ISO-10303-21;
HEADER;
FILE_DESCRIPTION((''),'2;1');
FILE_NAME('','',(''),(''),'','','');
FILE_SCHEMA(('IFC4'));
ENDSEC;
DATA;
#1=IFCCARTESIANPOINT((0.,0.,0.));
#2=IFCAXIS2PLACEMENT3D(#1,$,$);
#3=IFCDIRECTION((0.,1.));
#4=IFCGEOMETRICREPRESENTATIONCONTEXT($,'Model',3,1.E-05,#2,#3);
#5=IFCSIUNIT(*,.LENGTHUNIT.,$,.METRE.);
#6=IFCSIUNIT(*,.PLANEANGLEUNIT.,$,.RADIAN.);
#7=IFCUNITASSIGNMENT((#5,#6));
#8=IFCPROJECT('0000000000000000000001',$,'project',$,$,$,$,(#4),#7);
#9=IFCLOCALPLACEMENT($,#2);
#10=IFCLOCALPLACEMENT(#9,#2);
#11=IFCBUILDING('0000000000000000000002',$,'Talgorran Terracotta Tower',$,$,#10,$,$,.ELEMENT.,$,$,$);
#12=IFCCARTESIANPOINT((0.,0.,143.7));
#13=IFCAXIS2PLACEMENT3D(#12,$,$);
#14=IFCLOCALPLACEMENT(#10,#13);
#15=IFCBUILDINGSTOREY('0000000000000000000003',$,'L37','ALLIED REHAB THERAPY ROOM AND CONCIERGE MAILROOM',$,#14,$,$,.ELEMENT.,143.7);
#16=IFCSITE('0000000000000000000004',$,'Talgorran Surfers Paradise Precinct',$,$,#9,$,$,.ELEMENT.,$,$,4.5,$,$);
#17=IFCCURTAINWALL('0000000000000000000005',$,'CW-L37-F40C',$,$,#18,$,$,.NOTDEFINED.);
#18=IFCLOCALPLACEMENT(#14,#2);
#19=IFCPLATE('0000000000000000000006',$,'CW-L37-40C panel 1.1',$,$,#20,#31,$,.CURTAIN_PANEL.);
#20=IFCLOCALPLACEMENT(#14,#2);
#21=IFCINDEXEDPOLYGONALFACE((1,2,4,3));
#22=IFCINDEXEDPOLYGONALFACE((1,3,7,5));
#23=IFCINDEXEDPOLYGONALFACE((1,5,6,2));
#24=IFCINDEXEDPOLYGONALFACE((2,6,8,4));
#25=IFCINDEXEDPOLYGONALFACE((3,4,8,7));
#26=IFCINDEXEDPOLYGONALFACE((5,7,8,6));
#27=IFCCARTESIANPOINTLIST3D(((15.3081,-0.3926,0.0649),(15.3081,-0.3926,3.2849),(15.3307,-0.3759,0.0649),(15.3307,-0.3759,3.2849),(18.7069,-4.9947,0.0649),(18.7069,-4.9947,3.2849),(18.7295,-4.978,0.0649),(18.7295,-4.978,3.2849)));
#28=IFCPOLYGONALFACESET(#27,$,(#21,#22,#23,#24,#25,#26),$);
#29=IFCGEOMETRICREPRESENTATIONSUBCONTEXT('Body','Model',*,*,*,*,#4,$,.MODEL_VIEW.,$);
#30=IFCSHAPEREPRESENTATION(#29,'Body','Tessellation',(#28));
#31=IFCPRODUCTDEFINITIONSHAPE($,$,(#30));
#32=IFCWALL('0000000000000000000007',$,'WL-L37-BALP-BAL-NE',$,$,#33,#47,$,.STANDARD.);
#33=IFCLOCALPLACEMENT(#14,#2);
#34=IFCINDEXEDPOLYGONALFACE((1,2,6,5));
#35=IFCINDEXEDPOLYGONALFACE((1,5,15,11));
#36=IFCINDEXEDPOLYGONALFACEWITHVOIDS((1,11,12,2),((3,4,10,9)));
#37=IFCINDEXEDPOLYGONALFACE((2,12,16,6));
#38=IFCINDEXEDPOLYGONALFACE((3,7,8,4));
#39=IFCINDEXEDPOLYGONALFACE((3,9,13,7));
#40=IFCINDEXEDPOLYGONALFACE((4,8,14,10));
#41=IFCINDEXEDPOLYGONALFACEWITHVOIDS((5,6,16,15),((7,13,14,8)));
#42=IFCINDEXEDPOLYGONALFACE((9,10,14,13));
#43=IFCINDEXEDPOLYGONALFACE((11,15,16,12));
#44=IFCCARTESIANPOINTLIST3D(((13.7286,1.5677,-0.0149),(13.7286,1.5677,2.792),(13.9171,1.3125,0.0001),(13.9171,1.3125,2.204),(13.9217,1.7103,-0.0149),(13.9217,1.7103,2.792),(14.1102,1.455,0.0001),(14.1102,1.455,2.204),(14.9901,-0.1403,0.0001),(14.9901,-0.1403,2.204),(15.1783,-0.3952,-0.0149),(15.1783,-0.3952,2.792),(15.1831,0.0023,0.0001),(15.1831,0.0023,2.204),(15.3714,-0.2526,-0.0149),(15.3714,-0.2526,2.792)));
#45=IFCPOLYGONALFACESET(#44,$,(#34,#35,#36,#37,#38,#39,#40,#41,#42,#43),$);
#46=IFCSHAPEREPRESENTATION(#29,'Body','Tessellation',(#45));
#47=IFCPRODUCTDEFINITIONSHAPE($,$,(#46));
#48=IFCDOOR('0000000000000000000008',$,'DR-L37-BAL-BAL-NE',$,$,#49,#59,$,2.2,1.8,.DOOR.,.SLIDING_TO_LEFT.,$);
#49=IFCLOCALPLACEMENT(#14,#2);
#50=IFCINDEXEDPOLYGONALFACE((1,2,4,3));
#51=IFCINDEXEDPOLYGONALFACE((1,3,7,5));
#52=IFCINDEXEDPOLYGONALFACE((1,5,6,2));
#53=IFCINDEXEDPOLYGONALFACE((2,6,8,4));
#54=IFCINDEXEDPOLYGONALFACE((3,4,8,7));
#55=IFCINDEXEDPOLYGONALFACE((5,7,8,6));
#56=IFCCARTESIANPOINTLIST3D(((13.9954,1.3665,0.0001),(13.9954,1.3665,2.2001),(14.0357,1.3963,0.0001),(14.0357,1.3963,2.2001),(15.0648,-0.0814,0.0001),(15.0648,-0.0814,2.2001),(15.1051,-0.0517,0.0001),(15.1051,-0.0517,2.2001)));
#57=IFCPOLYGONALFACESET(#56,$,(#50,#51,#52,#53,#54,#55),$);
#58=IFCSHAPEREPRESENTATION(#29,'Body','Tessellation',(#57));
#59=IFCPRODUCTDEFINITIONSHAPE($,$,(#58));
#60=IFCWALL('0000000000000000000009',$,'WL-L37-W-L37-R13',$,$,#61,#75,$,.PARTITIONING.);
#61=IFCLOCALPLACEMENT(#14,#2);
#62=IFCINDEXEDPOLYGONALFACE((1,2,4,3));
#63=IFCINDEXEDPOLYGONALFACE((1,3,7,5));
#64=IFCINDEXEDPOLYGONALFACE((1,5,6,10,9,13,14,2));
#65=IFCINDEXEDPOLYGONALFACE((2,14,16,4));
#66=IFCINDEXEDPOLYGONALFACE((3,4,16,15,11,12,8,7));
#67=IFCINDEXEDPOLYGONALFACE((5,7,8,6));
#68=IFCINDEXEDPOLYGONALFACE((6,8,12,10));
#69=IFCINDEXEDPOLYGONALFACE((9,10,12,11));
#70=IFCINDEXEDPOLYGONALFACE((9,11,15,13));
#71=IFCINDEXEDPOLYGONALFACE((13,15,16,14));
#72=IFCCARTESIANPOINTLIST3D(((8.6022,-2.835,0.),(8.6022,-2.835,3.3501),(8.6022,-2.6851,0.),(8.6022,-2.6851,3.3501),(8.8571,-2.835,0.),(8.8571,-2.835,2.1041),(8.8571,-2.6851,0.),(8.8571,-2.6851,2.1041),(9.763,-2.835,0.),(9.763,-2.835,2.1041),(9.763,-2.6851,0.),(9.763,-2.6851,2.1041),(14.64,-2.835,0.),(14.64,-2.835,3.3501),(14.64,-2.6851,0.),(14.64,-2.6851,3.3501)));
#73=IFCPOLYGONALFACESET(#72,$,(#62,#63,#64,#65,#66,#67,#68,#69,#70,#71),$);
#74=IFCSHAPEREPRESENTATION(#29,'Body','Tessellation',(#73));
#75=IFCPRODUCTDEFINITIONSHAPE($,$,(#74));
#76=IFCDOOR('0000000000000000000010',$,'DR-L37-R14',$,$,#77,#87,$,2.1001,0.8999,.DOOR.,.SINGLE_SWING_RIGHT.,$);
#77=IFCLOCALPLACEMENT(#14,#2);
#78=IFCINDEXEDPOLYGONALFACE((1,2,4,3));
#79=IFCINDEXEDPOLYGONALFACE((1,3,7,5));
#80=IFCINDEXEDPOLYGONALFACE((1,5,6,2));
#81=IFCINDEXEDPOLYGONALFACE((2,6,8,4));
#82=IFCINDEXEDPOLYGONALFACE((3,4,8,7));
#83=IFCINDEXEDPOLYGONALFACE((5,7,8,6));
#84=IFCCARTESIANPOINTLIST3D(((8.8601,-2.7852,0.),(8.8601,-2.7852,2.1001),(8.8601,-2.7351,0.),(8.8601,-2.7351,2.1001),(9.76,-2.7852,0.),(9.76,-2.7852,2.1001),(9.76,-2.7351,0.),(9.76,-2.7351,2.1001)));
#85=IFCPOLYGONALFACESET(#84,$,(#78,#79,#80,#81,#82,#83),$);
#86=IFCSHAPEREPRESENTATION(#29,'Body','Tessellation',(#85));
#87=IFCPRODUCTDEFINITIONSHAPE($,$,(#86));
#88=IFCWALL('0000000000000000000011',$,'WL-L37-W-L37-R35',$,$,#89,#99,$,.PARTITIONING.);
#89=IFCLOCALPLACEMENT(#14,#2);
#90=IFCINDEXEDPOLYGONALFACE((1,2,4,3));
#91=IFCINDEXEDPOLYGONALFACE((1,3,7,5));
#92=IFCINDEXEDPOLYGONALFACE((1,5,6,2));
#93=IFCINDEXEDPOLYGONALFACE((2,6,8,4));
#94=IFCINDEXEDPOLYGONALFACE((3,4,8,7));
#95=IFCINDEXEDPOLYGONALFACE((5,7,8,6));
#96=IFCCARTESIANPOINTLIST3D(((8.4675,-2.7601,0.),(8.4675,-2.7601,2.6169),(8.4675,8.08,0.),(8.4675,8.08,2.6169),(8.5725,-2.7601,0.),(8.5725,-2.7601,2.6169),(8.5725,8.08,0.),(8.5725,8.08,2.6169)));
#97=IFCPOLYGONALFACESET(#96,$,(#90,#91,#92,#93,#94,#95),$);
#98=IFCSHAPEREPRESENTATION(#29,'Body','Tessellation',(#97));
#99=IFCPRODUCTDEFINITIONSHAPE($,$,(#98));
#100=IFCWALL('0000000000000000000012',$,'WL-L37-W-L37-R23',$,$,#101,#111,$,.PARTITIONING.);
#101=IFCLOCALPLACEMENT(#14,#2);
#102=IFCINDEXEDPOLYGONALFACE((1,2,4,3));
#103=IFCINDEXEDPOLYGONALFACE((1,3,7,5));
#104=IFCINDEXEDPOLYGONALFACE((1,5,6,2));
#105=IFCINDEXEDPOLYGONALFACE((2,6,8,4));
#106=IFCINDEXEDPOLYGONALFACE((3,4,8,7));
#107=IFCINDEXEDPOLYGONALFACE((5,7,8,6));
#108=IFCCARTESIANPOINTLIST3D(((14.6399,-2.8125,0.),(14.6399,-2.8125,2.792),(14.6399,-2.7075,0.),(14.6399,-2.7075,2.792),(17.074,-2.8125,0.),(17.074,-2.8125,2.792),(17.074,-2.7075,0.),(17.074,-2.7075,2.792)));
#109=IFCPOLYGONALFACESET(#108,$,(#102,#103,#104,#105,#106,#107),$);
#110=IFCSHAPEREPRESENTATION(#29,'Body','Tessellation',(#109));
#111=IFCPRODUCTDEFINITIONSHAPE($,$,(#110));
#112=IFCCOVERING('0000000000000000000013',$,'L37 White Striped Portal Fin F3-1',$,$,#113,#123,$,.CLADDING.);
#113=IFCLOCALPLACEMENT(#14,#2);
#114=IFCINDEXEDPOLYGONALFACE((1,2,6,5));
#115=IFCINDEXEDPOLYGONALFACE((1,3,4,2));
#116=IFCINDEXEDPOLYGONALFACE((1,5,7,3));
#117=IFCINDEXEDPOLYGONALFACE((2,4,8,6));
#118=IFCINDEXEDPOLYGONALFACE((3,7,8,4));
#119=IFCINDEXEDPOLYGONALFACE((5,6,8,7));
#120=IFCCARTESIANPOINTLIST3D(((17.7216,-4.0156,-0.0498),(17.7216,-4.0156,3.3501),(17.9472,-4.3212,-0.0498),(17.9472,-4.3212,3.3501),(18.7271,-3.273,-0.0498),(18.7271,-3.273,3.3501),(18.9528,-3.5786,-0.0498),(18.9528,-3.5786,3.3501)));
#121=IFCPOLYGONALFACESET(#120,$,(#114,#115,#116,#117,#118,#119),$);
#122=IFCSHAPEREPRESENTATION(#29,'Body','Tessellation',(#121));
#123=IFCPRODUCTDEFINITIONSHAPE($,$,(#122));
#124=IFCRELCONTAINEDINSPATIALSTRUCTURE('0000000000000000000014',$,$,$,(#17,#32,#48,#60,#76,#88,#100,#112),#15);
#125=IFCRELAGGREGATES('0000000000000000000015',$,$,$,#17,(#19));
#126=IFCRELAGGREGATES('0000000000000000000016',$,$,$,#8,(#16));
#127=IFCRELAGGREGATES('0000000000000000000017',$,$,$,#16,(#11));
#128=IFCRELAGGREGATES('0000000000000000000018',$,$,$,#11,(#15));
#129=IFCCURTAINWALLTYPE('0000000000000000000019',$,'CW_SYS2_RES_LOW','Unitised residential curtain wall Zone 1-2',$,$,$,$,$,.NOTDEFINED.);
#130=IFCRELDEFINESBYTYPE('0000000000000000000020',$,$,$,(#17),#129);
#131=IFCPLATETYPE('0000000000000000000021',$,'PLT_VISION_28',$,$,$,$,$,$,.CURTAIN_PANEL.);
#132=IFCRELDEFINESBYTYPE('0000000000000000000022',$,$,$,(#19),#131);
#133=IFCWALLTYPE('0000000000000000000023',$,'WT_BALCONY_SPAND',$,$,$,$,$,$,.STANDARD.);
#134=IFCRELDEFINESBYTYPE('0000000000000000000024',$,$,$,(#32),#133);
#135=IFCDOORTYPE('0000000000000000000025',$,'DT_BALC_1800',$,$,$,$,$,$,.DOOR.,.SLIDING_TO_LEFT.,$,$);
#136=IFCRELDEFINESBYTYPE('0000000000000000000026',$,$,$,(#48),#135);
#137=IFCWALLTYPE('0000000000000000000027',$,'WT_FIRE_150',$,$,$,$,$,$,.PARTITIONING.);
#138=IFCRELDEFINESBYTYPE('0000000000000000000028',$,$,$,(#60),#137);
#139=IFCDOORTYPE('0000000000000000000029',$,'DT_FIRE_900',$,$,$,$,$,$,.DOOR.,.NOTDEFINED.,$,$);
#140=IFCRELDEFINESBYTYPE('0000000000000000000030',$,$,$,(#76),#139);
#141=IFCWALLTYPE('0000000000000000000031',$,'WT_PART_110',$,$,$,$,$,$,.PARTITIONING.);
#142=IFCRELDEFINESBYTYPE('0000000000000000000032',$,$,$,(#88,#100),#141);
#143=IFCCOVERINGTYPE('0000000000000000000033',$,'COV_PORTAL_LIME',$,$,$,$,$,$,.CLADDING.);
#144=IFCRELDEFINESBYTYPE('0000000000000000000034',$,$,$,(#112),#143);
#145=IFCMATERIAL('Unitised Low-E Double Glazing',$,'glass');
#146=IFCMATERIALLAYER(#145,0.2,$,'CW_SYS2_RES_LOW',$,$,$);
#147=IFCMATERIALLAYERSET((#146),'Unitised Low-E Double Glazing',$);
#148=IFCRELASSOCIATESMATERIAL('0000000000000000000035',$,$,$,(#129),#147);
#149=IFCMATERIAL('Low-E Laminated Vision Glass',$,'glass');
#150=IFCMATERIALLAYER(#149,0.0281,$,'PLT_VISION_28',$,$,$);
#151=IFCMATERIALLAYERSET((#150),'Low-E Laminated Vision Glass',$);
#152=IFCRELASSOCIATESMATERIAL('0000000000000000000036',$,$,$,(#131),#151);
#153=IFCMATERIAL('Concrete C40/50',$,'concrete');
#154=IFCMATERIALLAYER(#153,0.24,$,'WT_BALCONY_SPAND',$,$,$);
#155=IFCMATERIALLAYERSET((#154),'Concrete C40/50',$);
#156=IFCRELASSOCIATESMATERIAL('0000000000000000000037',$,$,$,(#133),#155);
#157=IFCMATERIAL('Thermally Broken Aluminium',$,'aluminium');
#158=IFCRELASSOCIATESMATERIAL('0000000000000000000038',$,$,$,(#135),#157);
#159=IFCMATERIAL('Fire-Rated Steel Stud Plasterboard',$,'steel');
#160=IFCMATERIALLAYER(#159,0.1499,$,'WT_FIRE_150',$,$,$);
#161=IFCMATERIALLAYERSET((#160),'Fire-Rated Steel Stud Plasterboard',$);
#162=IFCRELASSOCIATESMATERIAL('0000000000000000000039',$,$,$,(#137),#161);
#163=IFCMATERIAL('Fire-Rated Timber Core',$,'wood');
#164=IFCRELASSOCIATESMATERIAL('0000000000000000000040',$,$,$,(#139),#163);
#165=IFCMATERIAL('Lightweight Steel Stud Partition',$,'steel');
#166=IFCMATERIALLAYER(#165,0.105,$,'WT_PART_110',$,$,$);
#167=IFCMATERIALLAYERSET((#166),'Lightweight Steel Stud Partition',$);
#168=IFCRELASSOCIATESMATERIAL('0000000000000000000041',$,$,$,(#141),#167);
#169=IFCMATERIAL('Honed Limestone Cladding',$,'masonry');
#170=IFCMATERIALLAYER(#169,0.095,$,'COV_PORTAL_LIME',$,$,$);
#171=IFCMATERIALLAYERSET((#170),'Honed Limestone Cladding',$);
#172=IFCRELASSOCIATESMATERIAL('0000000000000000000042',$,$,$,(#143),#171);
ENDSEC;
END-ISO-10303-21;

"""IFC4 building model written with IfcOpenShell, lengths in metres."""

from ifc_helpers import new_model, si_unit, direction, frame, frame_2d, origin, origin_2d, place, context, subcontext, project, spatial, rectangle, extrude, source, transform, mapped, material, layer, layer_set, type_object, type_shapes, element, fill, aggregate, save


model = new_model("IFC4")

# Units and contexts
model_context = context("Model", 3, precision=1e-05, world=origin(), true_north=direction((0.0, 1.0)))
body_context = subcontext(model_context, "Body", "Model", "MODEL_VIEW")
ifc_project = project(units=[si_unit("LENGTHUNIT", "METRE"), si_unit("PLANEANGLEUNIT", "RADIAN")], contexts=[model_context])

# Site, building, storey
site_placement = place(None, origin())
site = spatial("IfcSite", under=ifc_project, at=site_placement, Name="Talgorran Surfers Paradise Precinct", CompositionType="ELEMENT", RefElevation=4.5)
building_placement = place(site_placement, origin())
building = spatial("IfcBuilding", under=site, at=building_placement, Name="Talgorran Terracotta Tower", CompositionType="ELEMENT")
storey_placement = place(building_placement, frame((0.0, 0.0, 143.7)))
storey = spatial("IfcBuildingStorey", under=building, at=storey_placement, Name="L37", Description="ALLIED REHAB THERAPY ROOM AND CONCIERGE MAILROOM", CompositionType="ELEMENT", Elevation=143.7)

# Curtain wall
ifc_material_1 = material(Name="Unitised Low-E Double Glazing", Category="glass")
ifc_layer_1 = layer(ifc_material_1, 0.2, Name="CW_SYS2_RES_LOW")
ifc_layer_set_1 = layer_set([ifc_layer_1], Name="Unitised Low-E Double Glazing")
curtain_wall_type = type_object("IfcCurtainWallType", Name="CW_SYS2_RES_LOW", Description="Unitised residential curtain wall Zone 1-2", PredefinedType="NOTDEFINED", material=ifc_layer_set_1)
curtain_wall_1_placement = place(storey_placement, origin())
curtain_wall_1 = element("IfcCurtainWall", 1, at=curtain_wall_1_placement, inside=storey, type_object=curtain_wall_type, Name="CW-L37-F40C", PredefinedType="NOTDEFINED")

# Plate
ifc_material_2 = material(Name="Low-E Laminated Vision Glass", Category="glass")
ifc_layer_2 = layer(ifc_material_2, 0.0281, Name="PLT_VISION_28")
ifc_layer_set_2 = layer_set([ifc_layer_2], Name="Low-E Laminated Vision Glass")
plate_type = type_object("IfcPlateType", Name="PLT_VISION_28", PredefinedType="CURTAIN_PANEL", material=ifc_layer_set_2)
shared_shape = source(origin(), body_context, "Body", "SweptSolid", [
    extrude(rectangle(XDim=5.7212, YDim=0.0281, at=origin_2d()), origin(), (0.0, 0.0, 1.0), 3.22),
])
type_shapes(plate_type, [shared_shape])
plate_placement = place(storey_placement, frame((17.0188, -2.6853, 0.0649), z_axis=(0.0, 0.0, 1.0), x_axis=(-0.594077, 0.804408, 0.0)))
plate = element("IfcPlate", 2, at=plate_placement, type_object=plate_type, Name="CW-L37-40C panel 1.1", PredefinedType="CURTAIN_PANEL", context=body_context, shape_type="MappedRepresentation", body=[
    mapped(shared_shape, transform((0.0, 0.0, 0.0), scale=1.0)),
])
aggregate(curtain_wall_1, [plate])

# Walls, openings, doors
ifc_material_3 = material(Name="Concrete C40/50", Category="concrete")
ifc_layer_3 = layer(ifc_material_3, 0.24, Name="WT_BALCONY_SPAND")
ifc_layer_set_3 = layer_set([ifc_layer_3], Name="Concrete C40/50")
wall_type_1 = type_object("IfcWallType", Name="WT_BALCONY_SPAND", PredefinedType="STANDARD", material=ifc_layer_set_3)
wall_1_placement = place(storey_placement, frame((15.2749, -0.324, -0.0149), z_axis=(0.0, 0.0, 1.0), x_axis=(-0.594093, 0.804396, 0.0)))
wall_1 = element("IfcWall", 3, at=wall_1_placement, inside=storey, type_object=wall_type_1, Name="WL-L37-BALP-BAL-NE", PredefinedType="STANDARD", context=body_context, shape_type="SweptSolid", body=[
    extrude(rectangle(XDim=2.4402, YDim=0.24, at=frame_2d((1.2202, 0.0))), origin(), (0.0, 0.0, 1.0), 2.8069),
])
opening_1_placement = place(wall_1_placement, frame((0.3201, 0.0, 0.0149)))
opening_1 = element("IfcOpeningElement", 4, at=opening_1_placement, cuts=wall_1, PredefinedType="OPENING", context=body_context, shape_type="SweptSolid", body=[
    extrude(rectangle(XDim=1.806, YDim=2.204, at=frame_2d((0.8999, 1.1021))), frame((0.0, 0.1299, 0.0), z_axis=(0.0, -1.0, 0.0), x_axis=(1.0, 0.0, 0.0)), (0.0, 0.0, 1.0), 0.26),
])
ifc_material_4 = material(Name="Thermally Broken Aluminium", Category="aluminium")
door_type_1 = type_object("IfcDoorType", Name="DT_BALC_1800", OperationType="SLIDING_TO_LEFT", PredefinedType="DOOR", material=ifc_material_4)
door_1_placement = place(opening_1_placement, origin())
door_1 = element("IfcDoor", 5, at=door_1_placement, inside=storey, type_object=door_type_1, Name="DR-L37-BAL-BAL-NE", OperationType="SLIDING_TO_LEFT", OverallHeight=2.2, OverallWidth=1.8, PredefinedType="DOOR", context=body_context, shape_type="SweptSolid", body=[
    extrude(rectangle(XDim=1.8, YDim=2.2, at=frame_2d((0.8999, 1.1001))), frame((0.0, 0.0249, 0.0), z_axis=(0.0, -1.0, 0.0), x_axis=(1.0, 0.0, 0.0)), (0.0, 0.0, 1.0), 0.05),
])
fill(opening_1, door_1)
ifc_material_5 = material(Name="Fire-Rated Steel Stud Plasterboard", Category="steel")
ifc_layer_4 = layer(ifc_material_5, 0.1499, Name="WT_FIRE_150")
ifc_layer_set_4 = layer_set([ifc_layer_4], Name="Fire-Rated Steel Stud Plasterboard")
wall_type_2 = type_object("IfcWallType", Name="WT_FIRE_150", PredefinedType="PARTITIONING", material=ifc_layer_set_4)
wall_2_placement = place(storey_placement, frame((8.6021, -2.76, 0.0), z_axis=(0.0, 0.0, 1.0), x_axis=(1.0, 0.0, 0.0)))
wall_2 = element("IfcWall", 6, at=wall_2_placement, inside=storey, type_object=wall_type_2, Name="WL-L37-W-L37-R13", PredefinedType="PARTITIONING", context=body_context, shape_type="SweptSolid", body=[
    extrude(rectangle(XDim=6.0378, YDim=0.1499, at=frame_2d((3.019, 0.0))), origin(), (0.0, 0.0, 1.0), 3.3501),
])
opening_2_placement = place(wall_2_placement, frame((0.2581, 0.0, 0.0)))
opening_2 = element("IfcOpeningElement", 7, at=opening_2_placement, cuts=wall_2, PredefinedType="OPENING", context=body_context, shape_type="SweptSolid", body=[
    extrude(rectangle(XDim=0.9059, YDim=2.1041, at=frame_2d((0.45, 1.052))), frame((0.0, 0.085, 0.0), z_axis=(0.0, -1.0, 0.0), x_axis=(1.0, 0.0, 0.0)), (0.0, 0.0, 1.0), 0.1699),
])
ifc_material_6 = material(Name="Fire-Rated Timber Core", Category="wood")
door_type_2 = type_object("IfcDoorType", Name="DT_FIRE_900", OperationType="NOTDEFINED", PredefinedType="DOOR", material=ifc_material_6)
door_2_placement = place(opening_2_placement, origin())
door_2 = element("IfcDoor", 8, at=door_2_placement, inside=storey, type_object=door_type_2, Name="DR-L37-R14", OperationType="SINGLE_SWING_RIGHT", OverallHeight=2.1001, OverallWidth=0.8999, PredefinedType="DOOR", context=body_context, shape_type="SweptSolid", body=[
    extrude(rectangle(XDim=0.8999, YDim=2.1001, at=frame_2d((0.45, 1.05))), frame((0.0, 0.0249, 0.0), z_axis=(0.0, -1.0, 0.0), x_axis=(1.0, 0.0, 0.0)), (0.0, 0.0, 1.0), 0.05),
])
fill(opening_2, door_2)

# Walls
ifc_material_7 = material(Name="Lightweight Steel Stud Partition", Category="steel")
ifc_layer_5 = layer(ifc_material_7, 0.105, Name="WT_PART_110")
ifc_layer_set_5 = layer_set([ifc_layer_5], Name="Lightweight Steel Stud Partition")
wall_type_3 = type_object("IfcWallType", Name="WT_PART_110", PredefinedType="PARTITIONING", material=ifc_layer_set_5)
wall_3_placement = place(storey_placement, frame((8.52, -2.76, 0.0), z_axis=(0.0, 0.0, 1.0), x_axis=(0.0, 1.0, 0.0)))
element("IfcWall", 9, at=wall_3_placement, inside=storey, type_object=wall_type_3, Name="WL-L37-W-L37-R35", PredefinedType="PARTITIONING", context=body_context, shape_type="SweptSolid", body=[
    extrude(rectangle(XDim=10.8401, YDim=0.105, at=frame_2d((5.4199, 0.0))), origin(), (0.0, 0.0, 1.0), 2.6169),
])
wall_4_placement = place(storey_placement, frame((14.6399, -2.76, 0.0), z_axis=(0.0, 0.0, 1.0), x_axis=(1.0, 0.0, 0.0)))
element("IfcWall", 10, at=wall_4_placement, inside=storey, type_object=wall_type_3, Name="WL-L37-W-L37-R23", PredefinedType="PARTITIONING", context=body_context, shape_type="SweptSolid", body=[
    extrude(rectangle(XDim=2.4341, YDim=0.105, at=frame_2d((1.217, 0.0))), origin(), (0.0, 0.0, 1.0), 2.792),
])

# Covering
ifc_material_8 = material(Name="Honed Limestone Cladding", Category="masonry")
ifc_layer_6 = layer(ifc_material_8, 0.095, Name="COV_PORTAL_LIME")
ifc_layer_set_6 = layer_set([ifc_layer_6], Name="Honed Limestone Cladding")
covering_type = type_object("IfcCoveringType", Name="COV_PORTAL_LIME", PredefinedType="CLADDING", material=ifc_layer_set_6)
covering_placement = place(storey_placement, frame((18.3372, -3.7971, -0.0498), z_axis=(0.0, 0.0, 1.0), x_axis=(-0.594079, 0.804407, 0.0)))
element("IfcCovering", 11, at=covering_placement, inside=storey, type_object=covering_type, Name="L37 White Striped Portal Fin F3-1", PredefinedType="CLADDING", context=body_context, shape_type="SweptSolid", body=[
    extrude(rectangle(XDim=0.3799, YDim=1.25, at=origin_2d()), origin(), (0.0, 0.0, 1.0), 3.3999),
])

save(model, "model.ifc")
